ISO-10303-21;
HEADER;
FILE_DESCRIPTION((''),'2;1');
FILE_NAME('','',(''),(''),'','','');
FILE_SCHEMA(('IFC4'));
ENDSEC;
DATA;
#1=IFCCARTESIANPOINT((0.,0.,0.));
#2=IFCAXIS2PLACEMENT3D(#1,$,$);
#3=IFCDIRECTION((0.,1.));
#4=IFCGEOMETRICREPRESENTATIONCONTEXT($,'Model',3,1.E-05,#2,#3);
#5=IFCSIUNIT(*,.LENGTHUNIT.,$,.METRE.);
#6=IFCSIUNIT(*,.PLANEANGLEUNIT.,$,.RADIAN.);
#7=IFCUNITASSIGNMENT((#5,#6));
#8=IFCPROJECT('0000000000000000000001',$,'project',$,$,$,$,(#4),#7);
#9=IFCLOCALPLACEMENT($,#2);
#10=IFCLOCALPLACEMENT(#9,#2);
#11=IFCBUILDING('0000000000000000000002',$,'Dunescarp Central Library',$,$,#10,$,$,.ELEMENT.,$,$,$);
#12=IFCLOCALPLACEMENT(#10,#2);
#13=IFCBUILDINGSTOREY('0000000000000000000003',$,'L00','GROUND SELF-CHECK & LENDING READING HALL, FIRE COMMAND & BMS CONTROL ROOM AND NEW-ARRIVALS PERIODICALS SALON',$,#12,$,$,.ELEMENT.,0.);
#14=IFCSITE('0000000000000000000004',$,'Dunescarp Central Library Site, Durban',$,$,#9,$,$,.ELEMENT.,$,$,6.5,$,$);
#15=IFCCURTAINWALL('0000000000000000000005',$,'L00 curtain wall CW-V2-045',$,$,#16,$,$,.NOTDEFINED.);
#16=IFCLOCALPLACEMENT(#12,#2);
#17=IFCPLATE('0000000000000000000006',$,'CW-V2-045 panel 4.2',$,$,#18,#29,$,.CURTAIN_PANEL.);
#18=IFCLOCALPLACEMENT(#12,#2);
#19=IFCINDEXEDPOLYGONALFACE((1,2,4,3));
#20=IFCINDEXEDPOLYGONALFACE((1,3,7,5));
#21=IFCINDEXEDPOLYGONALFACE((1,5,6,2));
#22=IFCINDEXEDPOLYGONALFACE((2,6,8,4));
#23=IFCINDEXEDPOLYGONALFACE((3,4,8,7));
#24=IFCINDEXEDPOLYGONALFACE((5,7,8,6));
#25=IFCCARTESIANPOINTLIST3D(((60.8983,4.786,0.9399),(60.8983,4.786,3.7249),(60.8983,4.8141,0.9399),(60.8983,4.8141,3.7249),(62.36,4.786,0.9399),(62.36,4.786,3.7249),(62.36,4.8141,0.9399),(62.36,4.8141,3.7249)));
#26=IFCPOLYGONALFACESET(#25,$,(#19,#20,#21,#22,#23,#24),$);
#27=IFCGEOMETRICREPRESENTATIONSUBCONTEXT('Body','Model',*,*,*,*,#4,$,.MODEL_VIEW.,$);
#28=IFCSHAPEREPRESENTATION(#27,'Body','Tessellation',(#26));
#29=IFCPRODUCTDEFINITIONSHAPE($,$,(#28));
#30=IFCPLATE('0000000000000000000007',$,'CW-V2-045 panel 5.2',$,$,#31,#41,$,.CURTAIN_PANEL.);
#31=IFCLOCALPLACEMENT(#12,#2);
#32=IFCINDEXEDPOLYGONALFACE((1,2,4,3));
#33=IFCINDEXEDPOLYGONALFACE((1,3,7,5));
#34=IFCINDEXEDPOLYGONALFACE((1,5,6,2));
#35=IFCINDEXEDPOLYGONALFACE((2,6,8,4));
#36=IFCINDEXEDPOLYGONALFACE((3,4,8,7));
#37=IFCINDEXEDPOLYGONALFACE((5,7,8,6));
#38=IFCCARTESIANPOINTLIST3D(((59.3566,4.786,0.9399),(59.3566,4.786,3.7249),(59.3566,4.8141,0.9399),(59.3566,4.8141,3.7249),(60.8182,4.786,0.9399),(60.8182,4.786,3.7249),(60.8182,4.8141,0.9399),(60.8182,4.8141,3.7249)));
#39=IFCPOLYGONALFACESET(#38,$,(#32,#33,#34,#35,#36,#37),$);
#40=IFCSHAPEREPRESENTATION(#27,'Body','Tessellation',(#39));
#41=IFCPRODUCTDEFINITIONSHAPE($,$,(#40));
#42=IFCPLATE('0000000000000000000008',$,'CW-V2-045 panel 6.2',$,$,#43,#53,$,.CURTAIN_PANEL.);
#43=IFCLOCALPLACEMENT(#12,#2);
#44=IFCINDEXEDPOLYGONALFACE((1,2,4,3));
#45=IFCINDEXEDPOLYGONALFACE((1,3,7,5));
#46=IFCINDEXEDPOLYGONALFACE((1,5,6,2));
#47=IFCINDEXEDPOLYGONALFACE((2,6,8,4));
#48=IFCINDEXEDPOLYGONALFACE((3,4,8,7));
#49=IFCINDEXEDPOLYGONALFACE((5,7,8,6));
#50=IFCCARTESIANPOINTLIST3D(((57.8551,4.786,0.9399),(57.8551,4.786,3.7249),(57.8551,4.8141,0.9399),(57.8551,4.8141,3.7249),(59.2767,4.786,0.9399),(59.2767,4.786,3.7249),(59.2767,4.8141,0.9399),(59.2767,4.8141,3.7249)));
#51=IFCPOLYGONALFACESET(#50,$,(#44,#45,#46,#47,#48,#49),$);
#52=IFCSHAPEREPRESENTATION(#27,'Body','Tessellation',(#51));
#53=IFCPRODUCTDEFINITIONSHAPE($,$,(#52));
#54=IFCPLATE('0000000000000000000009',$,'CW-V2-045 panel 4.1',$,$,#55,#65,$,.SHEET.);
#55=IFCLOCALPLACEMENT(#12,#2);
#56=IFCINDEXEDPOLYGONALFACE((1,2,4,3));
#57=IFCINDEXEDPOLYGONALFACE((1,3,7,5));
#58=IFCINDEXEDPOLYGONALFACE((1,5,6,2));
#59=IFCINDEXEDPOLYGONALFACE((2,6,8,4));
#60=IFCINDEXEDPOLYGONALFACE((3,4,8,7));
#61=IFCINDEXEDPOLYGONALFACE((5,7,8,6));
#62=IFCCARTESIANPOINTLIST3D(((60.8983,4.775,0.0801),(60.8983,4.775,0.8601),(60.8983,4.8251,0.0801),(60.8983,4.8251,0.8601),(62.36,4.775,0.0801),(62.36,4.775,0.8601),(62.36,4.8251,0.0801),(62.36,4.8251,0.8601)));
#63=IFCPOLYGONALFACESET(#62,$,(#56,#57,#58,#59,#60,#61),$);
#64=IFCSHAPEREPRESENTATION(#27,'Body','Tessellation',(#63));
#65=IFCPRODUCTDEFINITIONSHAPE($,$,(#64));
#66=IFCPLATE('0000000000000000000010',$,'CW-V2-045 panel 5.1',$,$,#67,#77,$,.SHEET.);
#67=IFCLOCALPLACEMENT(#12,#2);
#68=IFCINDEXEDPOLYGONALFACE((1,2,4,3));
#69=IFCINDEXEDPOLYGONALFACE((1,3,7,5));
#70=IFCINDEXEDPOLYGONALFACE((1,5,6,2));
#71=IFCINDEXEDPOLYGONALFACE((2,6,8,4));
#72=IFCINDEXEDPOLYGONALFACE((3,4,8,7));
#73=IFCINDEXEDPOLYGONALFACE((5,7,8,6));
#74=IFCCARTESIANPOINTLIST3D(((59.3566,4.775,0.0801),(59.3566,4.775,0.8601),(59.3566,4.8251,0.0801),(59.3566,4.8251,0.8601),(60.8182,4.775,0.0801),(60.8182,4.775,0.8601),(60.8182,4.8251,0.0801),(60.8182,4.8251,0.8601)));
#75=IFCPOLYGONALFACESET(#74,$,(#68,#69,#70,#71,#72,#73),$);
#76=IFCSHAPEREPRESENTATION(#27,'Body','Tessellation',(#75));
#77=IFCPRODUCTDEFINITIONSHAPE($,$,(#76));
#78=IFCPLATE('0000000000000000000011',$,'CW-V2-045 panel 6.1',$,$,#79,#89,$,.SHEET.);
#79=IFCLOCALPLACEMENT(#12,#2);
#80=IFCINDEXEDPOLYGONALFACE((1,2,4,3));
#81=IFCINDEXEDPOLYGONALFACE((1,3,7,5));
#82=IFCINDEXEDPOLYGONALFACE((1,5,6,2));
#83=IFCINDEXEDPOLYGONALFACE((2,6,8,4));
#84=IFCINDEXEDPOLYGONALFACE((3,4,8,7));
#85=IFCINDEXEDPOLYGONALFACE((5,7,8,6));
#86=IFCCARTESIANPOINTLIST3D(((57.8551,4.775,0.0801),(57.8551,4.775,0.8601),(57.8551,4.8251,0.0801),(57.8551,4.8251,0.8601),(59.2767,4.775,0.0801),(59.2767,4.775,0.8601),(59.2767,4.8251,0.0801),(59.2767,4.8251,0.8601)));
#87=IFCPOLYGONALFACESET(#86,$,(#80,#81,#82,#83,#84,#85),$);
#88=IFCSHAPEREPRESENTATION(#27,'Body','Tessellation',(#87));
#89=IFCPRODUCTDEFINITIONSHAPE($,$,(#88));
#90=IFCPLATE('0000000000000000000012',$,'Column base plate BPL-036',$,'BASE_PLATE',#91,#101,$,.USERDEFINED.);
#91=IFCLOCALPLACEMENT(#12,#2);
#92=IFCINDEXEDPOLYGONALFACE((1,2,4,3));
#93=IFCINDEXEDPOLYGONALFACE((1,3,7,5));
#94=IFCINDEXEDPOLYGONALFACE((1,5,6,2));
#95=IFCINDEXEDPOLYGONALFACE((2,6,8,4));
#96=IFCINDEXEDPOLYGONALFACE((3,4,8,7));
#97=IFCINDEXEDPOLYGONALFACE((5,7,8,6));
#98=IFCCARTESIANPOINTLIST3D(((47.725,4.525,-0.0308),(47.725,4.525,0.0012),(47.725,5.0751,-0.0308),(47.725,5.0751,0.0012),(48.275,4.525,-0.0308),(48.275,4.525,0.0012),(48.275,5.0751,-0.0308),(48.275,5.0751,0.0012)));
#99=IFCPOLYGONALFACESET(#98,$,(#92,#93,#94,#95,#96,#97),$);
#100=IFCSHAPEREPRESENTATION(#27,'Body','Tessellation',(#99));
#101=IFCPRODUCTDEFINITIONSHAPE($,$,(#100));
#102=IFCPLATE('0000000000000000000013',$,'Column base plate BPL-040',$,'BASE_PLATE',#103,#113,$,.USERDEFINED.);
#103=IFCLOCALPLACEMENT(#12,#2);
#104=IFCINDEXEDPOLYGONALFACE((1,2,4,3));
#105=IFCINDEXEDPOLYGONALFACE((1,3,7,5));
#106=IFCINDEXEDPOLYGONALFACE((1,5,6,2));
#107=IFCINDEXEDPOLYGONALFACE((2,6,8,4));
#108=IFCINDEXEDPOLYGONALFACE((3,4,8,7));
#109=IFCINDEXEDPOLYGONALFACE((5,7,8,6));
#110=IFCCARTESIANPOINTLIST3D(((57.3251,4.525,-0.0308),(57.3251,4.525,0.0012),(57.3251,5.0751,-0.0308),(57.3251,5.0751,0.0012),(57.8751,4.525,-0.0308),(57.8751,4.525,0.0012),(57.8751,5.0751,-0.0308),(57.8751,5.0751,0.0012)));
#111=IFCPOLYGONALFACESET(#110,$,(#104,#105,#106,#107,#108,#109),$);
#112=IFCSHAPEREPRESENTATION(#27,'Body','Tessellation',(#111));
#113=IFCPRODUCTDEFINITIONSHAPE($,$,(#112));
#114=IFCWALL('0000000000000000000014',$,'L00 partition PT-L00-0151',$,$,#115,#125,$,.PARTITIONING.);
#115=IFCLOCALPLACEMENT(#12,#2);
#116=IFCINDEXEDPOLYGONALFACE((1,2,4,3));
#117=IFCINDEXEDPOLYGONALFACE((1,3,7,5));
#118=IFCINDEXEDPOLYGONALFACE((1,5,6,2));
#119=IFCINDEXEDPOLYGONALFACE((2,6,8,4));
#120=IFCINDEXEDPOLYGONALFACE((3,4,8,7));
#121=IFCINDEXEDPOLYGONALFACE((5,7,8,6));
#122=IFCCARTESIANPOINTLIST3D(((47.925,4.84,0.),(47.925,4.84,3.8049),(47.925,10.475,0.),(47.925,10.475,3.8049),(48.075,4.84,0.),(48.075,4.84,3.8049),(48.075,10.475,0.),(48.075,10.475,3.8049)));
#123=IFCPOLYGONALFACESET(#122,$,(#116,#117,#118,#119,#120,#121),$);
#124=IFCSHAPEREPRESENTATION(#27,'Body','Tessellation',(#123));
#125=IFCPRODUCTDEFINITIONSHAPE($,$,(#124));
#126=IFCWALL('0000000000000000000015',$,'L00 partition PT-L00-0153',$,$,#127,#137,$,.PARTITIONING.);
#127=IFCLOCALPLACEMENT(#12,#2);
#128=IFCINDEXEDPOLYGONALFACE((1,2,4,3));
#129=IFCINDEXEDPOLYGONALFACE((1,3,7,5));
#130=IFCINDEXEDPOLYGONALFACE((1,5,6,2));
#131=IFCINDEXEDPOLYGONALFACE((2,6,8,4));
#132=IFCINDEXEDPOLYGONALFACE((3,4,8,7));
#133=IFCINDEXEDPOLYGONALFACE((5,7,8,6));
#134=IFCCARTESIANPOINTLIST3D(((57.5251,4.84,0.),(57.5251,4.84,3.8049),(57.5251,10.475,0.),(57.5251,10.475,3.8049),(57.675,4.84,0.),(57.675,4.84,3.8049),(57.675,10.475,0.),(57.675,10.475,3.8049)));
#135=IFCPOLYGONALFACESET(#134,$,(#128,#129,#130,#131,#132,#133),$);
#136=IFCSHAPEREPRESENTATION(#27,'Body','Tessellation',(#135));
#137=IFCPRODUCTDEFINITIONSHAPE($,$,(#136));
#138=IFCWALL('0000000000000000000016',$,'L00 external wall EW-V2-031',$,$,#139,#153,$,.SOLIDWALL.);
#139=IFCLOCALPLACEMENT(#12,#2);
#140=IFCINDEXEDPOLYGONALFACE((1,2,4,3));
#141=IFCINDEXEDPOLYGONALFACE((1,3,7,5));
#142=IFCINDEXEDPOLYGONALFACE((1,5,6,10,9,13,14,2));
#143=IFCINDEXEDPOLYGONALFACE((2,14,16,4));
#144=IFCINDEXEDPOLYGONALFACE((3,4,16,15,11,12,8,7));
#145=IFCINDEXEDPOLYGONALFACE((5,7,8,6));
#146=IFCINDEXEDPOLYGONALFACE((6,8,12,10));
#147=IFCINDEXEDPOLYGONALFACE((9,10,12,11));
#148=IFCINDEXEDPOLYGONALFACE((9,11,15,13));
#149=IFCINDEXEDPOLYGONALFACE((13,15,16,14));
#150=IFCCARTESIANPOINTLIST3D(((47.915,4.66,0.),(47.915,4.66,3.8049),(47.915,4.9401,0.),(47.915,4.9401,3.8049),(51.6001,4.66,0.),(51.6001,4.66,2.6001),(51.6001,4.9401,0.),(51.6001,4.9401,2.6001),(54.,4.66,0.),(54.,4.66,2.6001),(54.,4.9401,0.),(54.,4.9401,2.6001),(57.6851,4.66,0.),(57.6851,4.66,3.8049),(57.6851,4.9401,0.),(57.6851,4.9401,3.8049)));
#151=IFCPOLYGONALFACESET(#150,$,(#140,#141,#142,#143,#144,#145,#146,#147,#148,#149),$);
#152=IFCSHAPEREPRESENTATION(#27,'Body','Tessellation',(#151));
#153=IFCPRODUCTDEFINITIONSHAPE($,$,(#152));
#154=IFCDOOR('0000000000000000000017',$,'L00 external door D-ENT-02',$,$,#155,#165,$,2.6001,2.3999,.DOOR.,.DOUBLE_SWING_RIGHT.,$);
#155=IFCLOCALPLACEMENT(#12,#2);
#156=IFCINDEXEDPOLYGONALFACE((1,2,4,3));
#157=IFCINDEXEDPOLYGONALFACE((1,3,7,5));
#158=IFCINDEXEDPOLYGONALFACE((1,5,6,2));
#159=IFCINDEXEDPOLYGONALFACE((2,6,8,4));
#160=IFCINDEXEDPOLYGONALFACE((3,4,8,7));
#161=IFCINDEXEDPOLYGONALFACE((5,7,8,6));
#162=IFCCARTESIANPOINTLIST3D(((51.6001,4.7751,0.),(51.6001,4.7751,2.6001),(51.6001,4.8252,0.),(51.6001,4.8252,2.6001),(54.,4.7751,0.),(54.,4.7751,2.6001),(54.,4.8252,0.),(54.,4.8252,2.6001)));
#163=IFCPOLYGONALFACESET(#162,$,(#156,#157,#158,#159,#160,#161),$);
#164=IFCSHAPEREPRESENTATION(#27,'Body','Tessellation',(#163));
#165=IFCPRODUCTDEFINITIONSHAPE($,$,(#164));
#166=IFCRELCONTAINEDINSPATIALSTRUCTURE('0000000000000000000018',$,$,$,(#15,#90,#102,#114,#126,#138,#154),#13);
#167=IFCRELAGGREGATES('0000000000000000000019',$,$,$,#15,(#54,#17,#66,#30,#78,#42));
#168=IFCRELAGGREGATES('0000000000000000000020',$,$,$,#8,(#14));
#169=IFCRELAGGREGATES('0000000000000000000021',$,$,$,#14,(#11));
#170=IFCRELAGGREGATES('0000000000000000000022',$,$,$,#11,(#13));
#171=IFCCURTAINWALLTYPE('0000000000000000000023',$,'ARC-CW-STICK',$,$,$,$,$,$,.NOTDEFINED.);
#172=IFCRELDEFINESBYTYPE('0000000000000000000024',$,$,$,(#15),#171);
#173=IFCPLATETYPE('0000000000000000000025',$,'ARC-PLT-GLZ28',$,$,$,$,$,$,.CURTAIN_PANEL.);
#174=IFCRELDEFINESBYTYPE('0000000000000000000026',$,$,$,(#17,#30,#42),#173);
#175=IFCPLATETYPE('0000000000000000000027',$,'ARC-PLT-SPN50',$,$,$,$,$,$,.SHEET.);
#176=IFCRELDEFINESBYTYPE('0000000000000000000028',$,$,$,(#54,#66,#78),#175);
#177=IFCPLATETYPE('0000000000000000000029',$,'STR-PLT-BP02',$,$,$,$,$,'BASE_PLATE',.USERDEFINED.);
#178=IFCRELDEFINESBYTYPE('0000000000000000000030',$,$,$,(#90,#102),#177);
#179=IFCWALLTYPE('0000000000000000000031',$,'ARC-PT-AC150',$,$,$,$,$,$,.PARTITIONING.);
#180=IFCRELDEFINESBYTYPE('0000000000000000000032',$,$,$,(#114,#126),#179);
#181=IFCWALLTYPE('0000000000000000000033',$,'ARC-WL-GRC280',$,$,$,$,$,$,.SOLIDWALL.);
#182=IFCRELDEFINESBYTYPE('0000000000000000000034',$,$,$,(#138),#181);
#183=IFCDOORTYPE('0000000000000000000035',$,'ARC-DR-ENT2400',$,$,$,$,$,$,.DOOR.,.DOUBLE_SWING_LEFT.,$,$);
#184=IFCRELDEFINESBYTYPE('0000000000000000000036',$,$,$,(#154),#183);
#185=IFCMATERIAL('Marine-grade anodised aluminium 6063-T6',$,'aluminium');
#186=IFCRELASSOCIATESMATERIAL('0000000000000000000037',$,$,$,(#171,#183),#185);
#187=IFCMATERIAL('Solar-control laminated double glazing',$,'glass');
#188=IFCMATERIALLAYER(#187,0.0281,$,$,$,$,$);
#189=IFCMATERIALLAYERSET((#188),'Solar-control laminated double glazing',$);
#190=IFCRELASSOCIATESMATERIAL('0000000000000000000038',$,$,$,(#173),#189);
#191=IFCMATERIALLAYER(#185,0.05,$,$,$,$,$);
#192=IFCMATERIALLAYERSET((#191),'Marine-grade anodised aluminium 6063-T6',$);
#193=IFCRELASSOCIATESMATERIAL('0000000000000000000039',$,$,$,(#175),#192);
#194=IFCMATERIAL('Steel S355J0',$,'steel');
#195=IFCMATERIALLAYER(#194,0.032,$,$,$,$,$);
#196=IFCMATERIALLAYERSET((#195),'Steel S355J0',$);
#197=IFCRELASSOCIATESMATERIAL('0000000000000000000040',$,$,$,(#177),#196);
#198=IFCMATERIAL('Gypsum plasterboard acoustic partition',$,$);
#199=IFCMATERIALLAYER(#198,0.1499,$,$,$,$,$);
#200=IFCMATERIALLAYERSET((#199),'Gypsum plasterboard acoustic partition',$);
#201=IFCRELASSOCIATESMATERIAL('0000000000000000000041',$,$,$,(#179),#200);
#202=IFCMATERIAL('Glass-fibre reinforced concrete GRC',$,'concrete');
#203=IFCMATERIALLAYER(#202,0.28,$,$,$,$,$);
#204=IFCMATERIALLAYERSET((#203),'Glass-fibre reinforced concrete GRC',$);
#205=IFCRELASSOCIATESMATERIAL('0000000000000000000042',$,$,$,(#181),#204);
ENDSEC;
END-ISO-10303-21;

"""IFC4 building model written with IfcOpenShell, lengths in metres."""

from ifc_helpers import new_model, si_unit, direction, frame, frame_2d, origin, origin_2d, place, context, subcontext, project, spatial, rectangle, extrude, material, layer, layer_set, type_object, element, fill, aggregate, save


model = new_model("IFC4")

# Units and contexts
model_context = context("Model", 3, precision=1e-05, world=origin(), true_north=direction((0.0, 1.0)))
body_context = subcontext(model_context, "Body", "Model", "MODEL_VIEW")
ifc_project = project(units=[si_unit("LENGTHUNIT", "METRE"), si_unit("PLANEANGLEUNIT", "RADIAN")], contexts=[model_context])

# Site, building, storey
site_placement = place(None, origin())
site = spatial("IfcSite", under=ifc_project, at=site_placement, Name="Dunescarp Central Library Site, Durban", CompositionType="ELEMENT", RefElevation=6.5)
building_placement = place(site_placement, origin())
building = spatial("IfcBuilding", under=site, at=building_placement, Name="Dunescarp Central Library", CompositionType="ELEMENT")
storey_placement = place(building_placement, origin())
storey = spatial("IfcBuildingStorey", under=building, at=storey_placement, Name="L00", Description="GROUND SELF-CHECK & LENDING READING HALL, FIRE COMMAND & BMS CONTROL ROOM AND NEW-ARRIVALS PERIODICALS SALON", CompositionType="ELEMENT", Elevation=0.0)

# Curtain wall
ifc_material_1 = material(Name="Marine-grade anodised aluminium 6063-T6", Category="aluminium")
curtain_wall_type = type_object("IfcCurtainWallType", Name="ARC-CW-STICK", PredefinedType="NOTDEFINED", material=ifc_material_1)
curtain_wall_placement = place(storey_placement, origin())
curtain_wall = element("IfcCurtainWall", 1, at=curtain_wall_placement, inside=storey, type_object=curtain_wall_type, Name="L00 curtain wall CW-V2-045", PredefinedType="NOTDEFINED")

# Plates
ifc_material_2 = material(Name="Solar-control laminated double glazing", Category="glass")
ifc_layer_1 = layer(ifc_material_2, 0.0281)
ifc_layer_set_1 = layer_set([ifc_layer_1], Name="Solar-control laminated double glazing")
plate_type_1 = type_object("IfcPlateType", Name="ARC-PLT-GLZ28", PredefinedType="CURTAIN_PANEL", material=ifc_layer_set_1)
plate_1_placement = place(storey_placement, frame((61.6292, 4.8, 0.9399), z_axis=(0.0, 0.0, 1.0), x_axis=(-1.0, 0.0, 0.0)))
plate_1 = element("IfcPlate", 2, at=plate_1_placement, type_object=plate_type_1, Name="CW-V2-045 panel 4.2", PredefinedType="CURTAIN_PANEL", context=body_context, shape_type="SweptSolid", body=[
    extrude(rectangle(XDim=1.4617, YDim=0.0281, at=origin_2d()), origin(), (0.0, 0.0, 1.0), 2.7849),
])
plate_2_placement = place(storey_placement, frame((60.0874, 4.8, 0.9399), z_axis=(0.0, 0.0, 1.0), x_axis=(-1.0, 0.0, 0.0)))
plate_2 = element("IfcPlate", 3, at=plate_2_placement, type_object=plate_type_1, Name="CW-V2-045 panel 5.2", PredefinedType="CURTAIN_PANEL", context=body_context, shape_type="SweptSolid", body=[
    extrude(rectangle(XDim=1.4617, YDim=0.0281, at=origin_2d()), origin(), (0.0, 0.0, 1.0), 2.7849),
])
plate_3_placement = place(storey_placement, frame((58.5659, 4.8, 0.9399), z_axis=(0.0, 0.0, 1.0), x_axis=(-1.0, 0.0, 0.0)))
plate_3 = element("IfcPlate", 4, at=plate_3_placement, type_object=plate_type_1, Name="CW-V2-045 panel 6.2", PredefinedType="CURTAIN_PANEL", context=body_context, shape_type="SweptSolid", body=[
    extrude(rectangle(XDim=1.4216, YDim=0.0281, at=origin_2d()), origin(), (0.0, 0.0, 1.0), 2.7849),
])
ifc_layer_2 = layer(ifc_material_1, 0.05)
ifc_layer_set_2 = layer_set([ifc_layer_2], Name="Marine-grade anodised aluminium 6063-T6")
plate_type_2 = type_object("IfcPlateType", Name="ARC-PLT-SPN50", PredefinedType="SHEET", material=ifc_layer_set_2)
plate_4_placement = place(storey_placement, frame((61.6292, 4.8, 0.0801), z_axis=(0.0, 0.0, 1.0), x_axis=(-1.0, 0.0, 0.0)))
plate_4 = element("IfcPlate", 5, at=plate_4_placement, type_object=plate_type_2, Name="CW-V2-045 panel 4.1", PredefinedType="SHEET", context=body_context, shape_type="SweptSolid", body=[
    extrude(rectangle(XDim=1.4617, YDim=0.05, at=origin_2d()), origin(), (0.0, 0.0, 1.0), 0.78),
])
plate_5_placement = place(storey_placement, frame((60.0874, 4.8, 0.0801), z_axis=(0.0, 0.0, 1.0), x_axis=(-1.0, 0.0, 0.0)))
plate_5 = element("IfcPlate", 6, at=plate_5_placement, type_object=plate_type_2, Name="CW-V2-045 panel 5.1", PredefinedType="SHEET", context=body_context, shape_type="SweptSolid", body=[
    extrude(rectangle(XDim=1.4617, YDim=0.05, at=origin_2d()), origin(), (0.0, 0.0, 1.0), 0.78),
])
plate_6_placement = place(storey_placement, frame((58.5659, 4.8, 0.0801), z_axis=(0.0, 0.0, 1.0), x_axis=(-1.0, 0.0, 0.0)))
plate_6 = element("IfcPlate", 7, at=plate_6_placement, type_object=plate_type_2, Name="CW-V2-045 panel 6.1", PredefinedType="SHEET", context=body_context, shape_type="SweptSolid", body=[
    extrude(rectangle(XDim=1.4216, YDim=0.05, at=origin_2d()), origin(), (0.0, 0.0, 1.0), 0.78),
])
aggregate(curtain_wall, [plate_4, plate_1, plate_5, plate_2, plate_6, plate_3])

# Plates
ifc_material_3 = material(Name="Steel S355J0", Category="steel")
ifc_layer_3 = layer(ifc_material_3, 0.032)
ifc_layer_set_3 = layer_set([ifc_layer_3], Name="Steel S355J0")
plate_type_3 = type_object("IfcPlateType", Name="STR-PLT-BP02", ElementType="BASE_PLATE", PredefinedType="USERDEFINED", material=ifc_layer_set_3)
for number, where, z_axis, x_axis, name in (
    (8, (48.0, 4.8, -0.0308), (0.0, 0.0, 1.0), (1.0, 0.0, 0.0), "Column base plate BPL-036"),
    (9, (57.6001, 4.8, -0.0308), (0.0, 0.0, 1.0), (1.0, 0.0, 0.0), "Column base plate BPL-040"),
):
    element("IfcPlate", number, at=place(storey_placement, frame(where, z_axis=z_axis, x_axis=x_axis)), inside=storey, type_object=plate_type_3, Name=name, ObjectType="BASE_PLATE", PredefinedType="USERDEFINED", context=body_context, shape_type="SweptSolid", body=[
        extrude(rectangle(XDim=0.55, YDim=0.55, at=origin_2d()), origin(), (0.0, 0.0, 1.0), 0.032),
    ])

# Walls
ifc_material_4 = material(Name="Gypsum plasterboard acoustic partition")
ifc_layer_4 = layer(ifc_material_4, 0.1499)
ifc_layer_set_4 = layer_set([ifc_layer_4], Name="Gypsum plasterboard acoustic partition")
wall_type_1 = type_object("IfcWallType", Name="ARC-PT-AC150", PredefinedType="PARTITIONING", material=ifc_layer_set_4)
for number, where, z_axis, x_axis, name in (
    (10, (48.0, 4.8401, 0.0), (0.0, 0.0, 1.0), (0.0, 1.0, 0.0), "L00 partition PT-L00-0151"),
    (11, (57.6001, 4.8401, 0.0), (0.0, 0.0, 1.0), (0.0, 1.0, 0.0), "L00 partition PT-L00-0153"),
):
    element("IfcWall", number, at=place(storey_placement, frame(where, z_axis=z_axis, x_axis=x_axis)), inside=storey, type_object=wall_type_1, Name=name, PredefinedType="PARTITIONING", context=body_context, shape_type="SweptSolid", body=[
        extrude(rectangle(XDim=5.635, YDim=0.1499, at=frame_2d((2.8174, 0.0))), origin(), (0.0, 0.0, 1.0), 3.8049),
    ])

# Wall, opening, door
ifc_material_5 = material(Name="Glass-fibre reinforced concrete GRC", Category="concrete")
ifc_layer_5 = layer(ifc_material_5, 0.28)
ifc_layer_set_5 = layer_set([ifc_layer_5], Name="Glass-fibre reinforced concrete GRC")
wall_type_2 = type_object("IfcWallType", Name="ARC-WL-GRC280", PredefinedType="SOLIDWALL", material=ifc_layer_set_5)
wall_placement = place(storey_placement, frame((57.6851, 4.8, 0.0), z_axis=(0.0, 0.0, 1.0), x_axis=(-1.0, 0.0, 0.0)))
wall = element("IfcWall", 12, at=wall_placement, inside=storey, type_object=wall_type_2, Name="L00 external wall EW-V2-031", PredefinedType="SOLIDWALL", context=body_context, shape_type="SweptSolid", body=[
    extrude(rectangle(XDim=9.77, YDim=0.28, at=frame_2d((4.885, 0.0))), origin(), (0.0, 0.0, 1.0), 3.8049),
])
opening_placement = place(wall_placement, frame((3.6851, 0.0, 0.0)))
opening = element("IfcOpeningElement", 13, at=opening_placement, cuts=wall, PredefinedType="OPENING", context=body_context, shape_type="SweptSolid", body=[
    extrude(rectangle(XDim=2.3999, YDim=2.6001, at=frame_2d((1.2, 1.3))), frame((0.0, 0.1499, 0.0), z_axis=(0.0, -1.0, 0.0), x_axis=(1.0, 0.0, 0.0)), (0.0, 0.0, 1.0), 0.3),
])
door_type = type_object("IfcDoorType", Name="ARC-DR-ENT2400", OperationType="DOUBLE_SWING_LEFT", PredefinedType="DOOR", material=ifc_material_1)
door_placement = place(opening_placement, origin())
door = element("IfcDoor", 14, at=door_placement, inside=storey, type_object=door_type, Name="L00 external door D-ENT-02", OperationType="DOUBLE_SWING_RIGHT", OverallHeight=2.6001, OverallWidth=2.3999, PredefinedType="DOOR", context=body_context, shape_type="SweptSolid", body=[
    extrude(rectangle(XDim=2.3999, YDim=2.6001, at=frame_2d((1.2, 1.3))), frame((0.0, 0.0249, 0.0), z_axis=(0.0, -1.0, 0.0), x_axis=(1.0, 0.0, 0.0)), (0.0, 0.0, 1.0), 0.05),
])
fill(opening, door)

save(model, "model.ifc")
